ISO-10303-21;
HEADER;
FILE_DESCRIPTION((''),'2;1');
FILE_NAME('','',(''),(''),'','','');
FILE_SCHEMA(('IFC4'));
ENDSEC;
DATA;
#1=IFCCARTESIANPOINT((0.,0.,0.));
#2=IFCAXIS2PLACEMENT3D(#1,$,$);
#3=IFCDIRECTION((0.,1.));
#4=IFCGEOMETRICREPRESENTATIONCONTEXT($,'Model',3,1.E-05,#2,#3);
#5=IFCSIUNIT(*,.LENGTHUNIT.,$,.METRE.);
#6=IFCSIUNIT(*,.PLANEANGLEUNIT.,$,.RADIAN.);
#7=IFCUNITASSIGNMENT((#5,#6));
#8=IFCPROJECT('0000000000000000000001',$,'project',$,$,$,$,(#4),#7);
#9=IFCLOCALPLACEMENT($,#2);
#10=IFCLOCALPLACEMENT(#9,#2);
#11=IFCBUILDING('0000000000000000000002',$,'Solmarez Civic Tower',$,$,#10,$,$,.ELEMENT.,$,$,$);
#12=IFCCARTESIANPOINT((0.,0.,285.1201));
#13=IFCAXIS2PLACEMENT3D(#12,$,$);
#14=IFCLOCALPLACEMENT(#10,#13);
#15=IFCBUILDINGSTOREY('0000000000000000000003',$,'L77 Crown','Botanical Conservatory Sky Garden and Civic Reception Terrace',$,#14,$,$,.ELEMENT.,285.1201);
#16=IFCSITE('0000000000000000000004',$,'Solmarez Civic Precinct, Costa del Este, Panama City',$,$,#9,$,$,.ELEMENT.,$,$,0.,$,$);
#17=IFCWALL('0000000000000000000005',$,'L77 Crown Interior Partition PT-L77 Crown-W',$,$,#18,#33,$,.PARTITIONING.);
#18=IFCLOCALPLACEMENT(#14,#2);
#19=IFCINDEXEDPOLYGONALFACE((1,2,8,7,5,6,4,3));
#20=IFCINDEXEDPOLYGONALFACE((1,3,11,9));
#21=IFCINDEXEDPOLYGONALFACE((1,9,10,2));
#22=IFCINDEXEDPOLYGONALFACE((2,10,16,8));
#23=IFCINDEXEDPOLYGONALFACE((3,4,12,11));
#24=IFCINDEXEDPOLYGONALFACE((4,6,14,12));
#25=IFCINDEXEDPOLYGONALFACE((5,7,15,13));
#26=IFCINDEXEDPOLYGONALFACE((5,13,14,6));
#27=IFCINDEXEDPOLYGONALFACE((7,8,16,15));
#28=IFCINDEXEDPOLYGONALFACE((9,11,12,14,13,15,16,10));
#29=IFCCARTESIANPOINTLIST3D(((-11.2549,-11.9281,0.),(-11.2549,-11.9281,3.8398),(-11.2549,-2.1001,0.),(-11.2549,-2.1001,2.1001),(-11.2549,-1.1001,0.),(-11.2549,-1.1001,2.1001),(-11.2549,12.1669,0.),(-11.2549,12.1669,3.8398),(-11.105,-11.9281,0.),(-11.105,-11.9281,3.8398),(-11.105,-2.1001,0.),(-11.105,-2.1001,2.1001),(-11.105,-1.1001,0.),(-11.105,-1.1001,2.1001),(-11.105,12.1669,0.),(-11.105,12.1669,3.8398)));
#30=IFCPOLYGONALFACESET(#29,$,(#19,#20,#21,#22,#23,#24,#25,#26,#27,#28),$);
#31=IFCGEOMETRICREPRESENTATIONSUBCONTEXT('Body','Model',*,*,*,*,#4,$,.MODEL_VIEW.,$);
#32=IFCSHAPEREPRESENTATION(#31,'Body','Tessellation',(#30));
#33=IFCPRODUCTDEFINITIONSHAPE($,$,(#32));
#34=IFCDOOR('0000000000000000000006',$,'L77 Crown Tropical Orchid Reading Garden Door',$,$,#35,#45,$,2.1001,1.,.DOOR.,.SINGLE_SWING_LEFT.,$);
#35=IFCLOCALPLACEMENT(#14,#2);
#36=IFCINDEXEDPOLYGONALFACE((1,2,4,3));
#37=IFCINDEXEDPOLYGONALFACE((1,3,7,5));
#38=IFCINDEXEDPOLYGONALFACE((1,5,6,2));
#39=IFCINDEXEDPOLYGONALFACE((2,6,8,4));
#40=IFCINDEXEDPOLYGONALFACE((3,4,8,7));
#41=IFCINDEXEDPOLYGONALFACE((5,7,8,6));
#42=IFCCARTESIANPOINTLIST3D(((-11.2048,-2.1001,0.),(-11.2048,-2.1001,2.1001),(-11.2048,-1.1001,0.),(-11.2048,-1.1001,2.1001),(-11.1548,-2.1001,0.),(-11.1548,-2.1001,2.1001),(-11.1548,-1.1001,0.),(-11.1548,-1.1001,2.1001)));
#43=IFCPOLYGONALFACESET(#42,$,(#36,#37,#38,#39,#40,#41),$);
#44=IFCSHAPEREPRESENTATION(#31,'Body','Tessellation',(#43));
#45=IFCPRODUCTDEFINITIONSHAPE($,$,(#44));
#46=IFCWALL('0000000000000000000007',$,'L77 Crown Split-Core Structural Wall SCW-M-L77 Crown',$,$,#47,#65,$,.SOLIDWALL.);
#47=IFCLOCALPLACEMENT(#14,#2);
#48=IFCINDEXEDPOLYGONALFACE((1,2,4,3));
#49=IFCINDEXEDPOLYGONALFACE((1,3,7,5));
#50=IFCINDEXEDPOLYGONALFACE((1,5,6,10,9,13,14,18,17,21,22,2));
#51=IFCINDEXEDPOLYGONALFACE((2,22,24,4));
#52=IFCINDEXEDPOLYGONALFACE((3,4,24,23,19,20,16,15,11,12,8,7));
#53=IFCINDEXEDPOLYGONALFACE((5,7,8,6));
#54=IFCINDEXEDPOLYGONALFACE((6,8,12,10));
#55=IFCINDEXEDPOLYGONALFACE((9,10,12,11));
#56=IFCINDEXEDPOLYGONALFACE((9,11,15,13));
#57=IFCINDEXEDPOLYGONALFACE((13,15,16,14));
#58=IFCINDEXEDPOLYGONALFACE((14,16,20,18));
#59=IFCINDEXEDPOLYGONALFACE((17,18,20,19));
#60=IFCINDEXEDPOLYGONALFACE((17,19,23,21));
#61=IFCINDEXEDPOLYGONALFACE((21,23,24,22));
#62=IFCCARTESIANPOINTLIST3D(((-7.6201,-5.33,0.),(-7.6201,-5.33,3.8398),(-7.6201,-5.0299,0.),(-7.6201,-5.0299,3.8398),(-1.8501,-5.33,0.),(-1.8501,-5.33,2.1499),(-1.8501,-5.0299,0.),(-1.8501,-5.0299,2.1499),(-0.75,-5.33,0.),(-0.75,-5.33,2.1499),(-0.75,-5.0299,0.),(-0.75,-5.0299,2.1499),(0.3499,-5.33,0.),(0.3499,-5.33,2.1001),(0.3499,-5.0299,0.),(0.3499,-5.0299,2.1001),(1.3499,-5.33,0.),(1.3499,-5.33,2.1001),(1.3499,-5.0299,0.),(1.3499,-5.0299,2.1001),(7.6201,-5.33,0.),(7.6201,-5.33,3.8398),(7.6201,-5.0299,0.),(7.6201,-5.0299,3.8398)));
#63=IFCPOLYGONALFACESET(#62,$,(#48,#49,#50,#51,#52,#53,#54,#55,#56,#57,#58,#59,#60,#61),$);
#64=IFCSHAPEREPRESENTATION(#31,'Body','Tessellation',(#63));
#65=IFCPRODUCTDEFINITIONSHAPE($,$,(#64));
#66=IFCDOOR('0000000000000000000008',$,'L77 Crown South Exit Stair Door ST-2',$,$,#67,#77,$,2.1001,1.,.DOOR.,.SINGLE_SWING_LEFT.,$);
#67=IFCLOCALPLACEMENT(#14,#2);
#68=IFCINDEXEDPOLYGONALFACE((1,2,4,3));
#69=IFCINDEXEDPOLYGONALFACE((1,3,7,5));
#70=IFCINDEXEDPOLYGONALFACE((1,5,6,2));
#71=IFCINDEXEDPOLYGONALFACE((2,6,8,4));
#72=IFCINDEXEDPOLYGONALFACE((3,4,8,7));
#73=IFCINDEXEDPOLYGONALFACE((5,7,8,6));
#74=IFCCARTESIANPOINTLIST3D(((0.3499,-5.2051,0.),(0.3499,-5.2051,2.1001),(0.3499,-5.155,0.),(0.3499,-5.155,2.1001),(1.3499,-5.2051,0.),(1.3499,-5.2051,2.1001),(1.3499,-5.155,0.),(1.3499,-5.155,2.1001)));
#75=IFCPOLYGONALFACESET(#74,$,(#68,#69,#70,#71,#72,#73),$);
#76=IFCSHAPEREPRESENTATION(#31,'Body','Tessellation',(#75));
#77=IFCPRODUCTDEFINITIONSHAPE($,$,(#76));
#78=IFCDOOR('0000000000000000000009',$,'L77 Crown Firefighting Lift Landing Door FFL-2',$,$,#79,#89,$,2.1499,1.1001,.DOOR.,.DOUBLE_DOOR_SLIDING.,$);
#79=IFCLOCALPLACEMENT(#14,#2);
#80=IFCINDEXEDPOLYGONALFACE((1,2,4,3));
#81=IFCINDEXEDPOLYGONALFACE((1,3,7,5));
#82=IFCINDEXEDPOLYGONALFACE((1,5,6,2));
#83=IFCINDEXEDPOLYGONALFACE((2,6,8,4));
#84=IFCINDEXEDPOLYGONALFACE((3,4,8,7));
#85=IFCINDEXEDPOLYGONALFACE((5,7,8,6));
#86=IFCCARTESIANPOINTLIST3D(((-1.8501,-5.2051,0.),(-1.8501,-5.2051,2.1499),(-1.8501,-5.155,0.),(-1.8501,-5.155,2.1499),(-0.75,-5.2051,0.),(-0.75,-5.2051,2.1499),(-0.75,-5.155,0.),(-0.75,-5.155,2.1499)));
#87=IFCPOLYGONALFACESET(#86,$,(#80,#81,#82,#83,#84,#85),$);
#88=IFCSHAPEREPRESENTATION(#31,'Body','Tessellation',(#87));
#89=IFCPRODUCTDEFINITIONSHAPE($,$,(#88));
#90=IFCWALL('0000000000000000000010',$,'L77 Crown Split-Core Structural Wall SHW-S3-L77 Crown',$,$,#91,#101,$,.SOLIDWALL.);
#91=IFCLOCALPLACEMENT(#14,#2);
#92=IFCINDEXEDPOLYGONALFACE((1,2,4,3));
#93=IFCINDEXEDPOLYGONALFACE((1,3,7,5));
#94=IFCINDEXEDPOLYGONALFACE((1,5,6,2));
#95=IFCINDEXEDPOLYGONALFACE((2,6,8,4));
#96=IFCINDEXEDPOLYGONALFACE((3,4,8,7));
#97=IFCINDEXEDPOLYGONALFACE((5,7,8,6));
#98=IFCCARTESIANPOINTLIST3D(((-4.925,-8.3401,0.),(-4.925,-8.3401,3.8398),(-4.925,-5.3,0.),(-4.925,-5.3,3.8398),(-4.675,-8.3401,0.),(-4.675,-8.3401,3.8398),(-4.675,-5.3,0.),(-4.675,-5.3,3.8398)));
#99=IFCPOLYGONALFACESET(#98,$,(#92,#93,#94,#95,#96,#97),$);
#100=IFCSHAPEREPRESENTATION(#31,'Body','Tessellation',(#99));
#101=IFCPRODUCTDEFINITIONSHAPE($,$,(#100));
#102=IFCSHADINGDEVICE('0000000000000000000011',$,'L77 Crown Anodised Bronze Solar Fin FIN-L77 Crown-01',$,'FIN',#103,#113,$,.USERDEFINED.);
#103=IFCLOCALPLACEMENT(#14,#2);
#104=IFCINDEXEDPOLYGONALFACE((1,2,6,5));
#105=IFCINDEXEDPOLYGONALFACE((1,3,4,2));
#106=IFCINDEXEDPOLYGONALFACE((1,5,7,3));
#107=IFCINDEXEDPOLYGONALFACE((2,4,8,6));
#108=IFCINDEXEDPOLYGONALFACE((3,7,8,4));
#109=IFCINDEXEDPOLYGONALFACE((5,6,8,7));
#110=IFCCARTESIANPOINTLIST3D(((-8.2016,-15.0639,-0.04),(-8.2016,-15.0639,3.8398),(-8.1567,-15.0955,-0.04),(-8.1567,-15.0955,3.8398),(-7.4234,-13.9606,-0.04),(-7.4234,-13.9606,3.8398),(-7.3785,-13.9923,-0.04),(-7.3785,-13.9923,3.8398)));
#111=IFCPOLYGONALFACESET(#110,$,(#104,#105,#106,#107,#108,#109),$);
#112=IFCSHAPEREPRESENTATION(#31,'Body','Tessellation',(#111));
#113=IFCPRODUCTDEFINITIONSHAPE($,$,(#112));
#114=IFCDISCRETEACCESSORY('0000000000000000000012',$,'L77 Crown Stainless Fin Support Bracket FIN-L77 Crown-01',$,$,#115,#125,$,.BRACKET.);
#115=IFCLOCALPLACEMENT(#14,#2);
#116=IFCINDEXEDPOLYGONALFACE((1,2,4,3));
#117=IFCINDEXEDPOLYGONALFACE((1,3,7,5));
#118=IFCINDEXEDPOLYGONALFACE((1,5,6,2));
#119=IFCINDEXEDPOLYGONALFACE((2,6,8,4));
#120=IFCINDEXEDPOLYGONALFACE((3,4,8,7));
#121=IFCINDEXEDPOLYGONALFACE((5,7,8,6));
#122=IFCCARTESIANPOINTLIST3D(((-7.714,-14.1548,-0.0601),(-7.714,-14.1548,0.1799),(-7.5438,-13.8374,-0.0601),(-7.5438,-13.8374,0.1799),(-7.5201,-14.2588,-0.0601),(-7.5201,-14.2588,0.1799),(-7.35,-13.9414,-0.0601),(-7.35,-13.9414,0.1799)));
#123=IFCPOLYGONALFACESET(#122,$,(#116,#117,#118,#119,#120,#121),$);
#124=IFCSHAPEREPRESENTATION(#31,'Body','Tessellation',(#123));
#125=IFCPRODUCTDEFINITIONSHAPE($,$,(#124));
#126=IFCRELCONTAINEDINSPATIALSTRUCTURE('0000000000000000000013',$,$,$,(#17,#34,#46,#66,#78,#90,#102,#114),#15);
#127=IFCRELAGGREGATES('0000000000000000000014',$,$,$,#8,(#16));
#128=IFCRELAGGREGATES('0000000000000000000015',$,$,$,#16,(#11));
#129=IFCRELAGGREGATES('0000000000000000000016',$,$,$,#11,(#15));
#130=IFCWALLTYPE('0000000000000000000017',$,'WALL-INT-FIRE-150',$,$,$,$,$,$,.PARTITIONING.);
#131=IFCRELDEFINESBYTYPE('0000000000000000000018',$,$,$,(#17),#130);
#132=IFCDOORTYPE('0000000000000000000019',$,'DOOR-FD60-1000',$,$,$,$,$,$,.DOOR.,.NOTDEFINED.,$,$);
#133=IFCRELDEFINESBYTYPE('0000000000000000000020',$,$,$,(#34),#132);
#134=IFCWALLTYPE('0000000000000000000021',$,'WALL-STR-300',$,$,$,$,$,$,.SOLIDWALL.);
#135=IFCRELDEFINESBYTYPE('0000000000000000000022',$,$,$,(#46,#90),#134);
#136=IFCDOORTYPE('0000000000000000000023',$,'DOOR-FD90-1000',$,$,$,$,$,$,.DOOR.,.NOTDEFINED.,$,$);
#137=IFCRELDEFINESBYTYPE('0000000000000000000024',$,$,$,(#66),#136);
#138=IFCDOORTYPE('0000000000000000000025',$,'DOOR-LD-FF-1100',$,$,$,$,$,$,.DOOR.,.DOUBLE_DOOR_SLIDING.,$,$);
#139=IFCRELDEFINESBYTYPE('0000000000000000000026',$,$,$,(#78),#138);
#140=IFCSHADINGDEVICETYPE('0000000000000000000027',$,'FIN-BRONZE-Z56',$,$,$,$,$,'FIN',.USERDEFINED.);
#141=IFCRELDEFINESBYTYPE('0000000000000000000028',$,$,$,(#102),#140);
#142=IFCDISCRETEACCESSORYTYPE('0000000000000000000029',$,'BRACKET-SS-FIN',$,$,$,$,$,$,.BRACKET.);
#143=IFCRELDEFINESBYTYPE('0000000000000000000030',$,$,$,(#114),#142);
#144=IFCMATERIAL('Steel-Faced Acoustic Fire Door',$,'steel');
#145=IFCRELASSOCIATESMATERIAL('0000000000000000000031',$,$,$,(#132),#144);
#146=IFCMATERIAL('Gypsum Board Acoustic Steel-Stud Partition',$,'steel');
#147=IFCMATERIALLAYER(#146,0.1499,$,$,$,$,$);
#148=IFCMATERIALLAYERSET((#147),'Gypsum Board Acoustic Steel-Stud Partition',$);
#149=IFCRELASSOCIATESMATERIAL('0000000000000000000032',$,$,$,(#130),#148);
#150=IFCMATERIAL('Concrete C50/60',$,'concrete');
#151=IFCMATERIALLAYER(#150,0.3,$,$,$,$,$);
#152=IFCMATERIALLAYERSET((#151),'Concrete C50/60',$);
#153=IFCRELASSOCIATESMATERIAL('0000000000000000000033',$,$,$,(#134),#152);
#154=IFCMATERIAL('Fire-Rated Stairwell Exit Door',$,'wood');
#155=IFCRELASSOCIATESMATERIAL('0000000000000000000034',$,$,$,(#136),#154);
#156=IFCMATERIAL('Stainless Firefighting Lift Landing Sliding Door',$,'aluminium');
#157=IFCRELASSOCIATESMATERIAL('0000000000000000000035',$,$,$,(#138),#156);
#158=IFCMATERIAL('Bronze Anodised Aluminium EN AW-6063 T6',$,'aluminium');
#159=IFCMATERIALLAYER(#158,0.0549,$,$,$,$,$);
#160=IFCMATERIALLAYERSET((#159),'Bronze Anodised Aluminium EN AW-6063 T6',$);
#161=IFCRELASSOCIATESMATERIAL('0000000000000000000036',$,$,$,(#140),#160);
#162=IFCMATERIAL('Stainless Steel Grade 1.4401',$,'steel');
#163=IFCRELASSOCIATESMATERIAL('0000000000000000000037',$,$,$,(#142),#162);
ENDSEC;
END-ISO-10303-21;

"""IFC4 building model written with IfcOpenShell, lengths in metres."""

from ifc_helpers import new_model, si_unit, direction, frame, frame_2d, origin, origin_2d, place, context, subcontext, project, spatial, rectangle, extrude, material, layer, layer_set, type_object, element, fill, save


model = new_model("IFC4")

# Units and contexts
model_context = context("Model", 3, precision=1e-05, world=origin(), true_north=direction((0.0, 1.0)))
body_context = subcontext(model_context, "Body", "Model", "MODEL_VIEW")
ifc_project = project(units=[si_unit("LENGTHUNIT", "METRE"), si_unit("PLANEANGLEUNIT", "RADIAN")], contexts=[model_context])

# Site, building, storey
site_placement = place(None, origin())
site = spatial("IfcSite", under=ifc_project, at=site_placement, Name="Solmarez Civic Precinct, Costa del Este, Panama City", CompositionType="ELEMENT", RefElevation=0.0)
building_placement = place(site_placement, origin())
building = spatial("IfcBuilding", under=site, at=building_placement, Name="Solmarez Civic Tower", CompositionType="ELEMENT")
storey_placement = place(building_placement, frame((0.0, 0.0, 285.1201)))
storey = spatial("IfcBuildingStorey", under=building, at=storey_placement, Name="L77 Crown", Description="Botanical Conservatory Sky Garden and Civic Reception Terrace", CompositionType="ELEMENT", Elevation=285.1201)

# Shared definitions
ifc_material_1 = material(Name="Bronze Anodised Aluminium EN AW-6063 T6", Category="aluminium")

# Shared definitions
ifc_material_2 = material(Name="Concrete C50/60", Category="concrete")
ifc_material_3 = material(Name="Steel-Faced Acoustic Fire Door", Category="steel")
door_type_1 = type_object("IfcDoorType", Name="DOOR-FD60-1000", OperationType="NOTDEFINED", PredefinedType="DOOR", material=ifc_material_3)

# Shared definitions
ifc_material_4 = material(Name="Gypsum Board Acoustic Steel-Stud Partition", Category="steel")
ifc_layer_1 = layer(ifc_material_4, 0.1499)
ifc_layer_set_1 = layer_set([ifc_layer_1], Name="Gypsum Board Acoustic Steel-Stud Partition")
wall_type_1 = type_object("IfcWallType", Name="WALL-INT-FIRE-150", PredefinedType="PARTITIONING", material=ifc_layer_set_1)

# Wall, opening, door
wall_1_placement = place(storey_placement, frame((-11.1799, -11.928, 0.0), z_axis=(0.0, 0.0, 1.0), x_axis=(0.0, 1.0, 0.0)))
wall_1 = element("IfcWall", 1, at=wall_1_placement, inside=storey, type_object=wall_type_1, Name="L77 Crown Interior Partition PT-L77 Crown-W", PredefinedType="PARTITIONING", context=body_context, shape_type="SweptSolid", body=[
    extrude(rectangle(XDim=24.095, YDim=0.1499, at=frame_2d((12.0474, 0.0))), origin(), (0.0, 0.0, 1.0), 3.8398),
])
opening_1_placement = place(wall_1_placement, frame((9.8279, 0.0, 0.0)))
opening_1 = element("IfcOpeningElement", 2, at=opening_1_placement, cuts=wall_1, PredefinedType="OPENING", context=body_context, shape_type="SweptSolid", body=[
    extrude(rectangle(XDim=1.0, YDim=2.1001, at=frame_2d((0.5, 1.05))), frame((0.0, 0.085, 0.0), z_axis=(0.0, -1.0, 0.0), x_axis=(1.0, 0.0, 0.0)), (0.0, 0.0, 1.0), 0.1699),
])
door_1_placement = place(opening_1_placement, origin())
door_1 = element("IfcDoor", 3, at=door_1_placement, inside=storey, type_object=door_type_1, Name="L77 Crown Tropical Orchid Reading Garden Door", OperationType="SINGLE_SWING_LEFT", OverallHeight=2.1001, OverallWidth=1.0, PredefinedType="DOOR", context=body_context, shape_type="SweptSolid", body=[
    extrude(rectangle(XDim=1.0, YDim=2.1001, at=frame_2d((0.5, 1.05))), frame((0.0, 0.0249, 0.0), z_axis=(0.0, -1.0, 0.0), x_axis=(1.0, 0.0, 0.0)), (0.0, 0.0, 1.0), 0.05),
])
fill(opening_1, door_1)

# Wall, openings, doors
ifc_layer_2 = layer(ifc_material_2, 0.3)
ifc_layer_set_2 = layer_set([ifc_layer_2], Name="Concrete C50/60")
wall_type_2 = type_object("IfcWallType", Name="WALL-STR-300", PredefinedType="SOLIDWALL", material=ifc_layer_set_2)
wall_2_placement = place(storey_placement, frame((-7.6201, -5.1799, 0.0), z_axis=(0.0, 0.0, 1.0), x_axis=(1.0, 0.0, 0.0)))
wall_2 = element("IfcWall", 4, at=wall_2_placement, inside=storey, type_object=wall_type_2, Name="L77 Crown Split-Core Structural Wall SCW-M-L77 Crown", PredefinedType="SOLIDWALL", context=body_context, shape_type="SweptSolid", body=[
    extrude(rectangle(XDim=15.2402, YDim=0.3, at=frame_2d((7.6201, 0.0))), origin(), (0.0, 0.0, 1.0), 3.8398),
])
opening_2_placement = place(wall_2_placement, frame((5.77, 0.0, 0.0)))
opening_2 = element("IfcOpeningElement", 5, at=opening_2_placement, cuts=wall_2, PredefinedType="OPENING", context=body_context, shape_type="SweptSolid", body=[
    extrude(rectangle(XDim=1.1001, YDim=2.1499, at=frame_2d((0.55, 1.075))), frame((0.0, 0.1599, 0.0), z_axis=(0.0, -1.0, 0.0), x_axis=(1.0, 0.0, 0.0)), (0.0, 0.0, 1.0), 0.3201),
])
opening_3_placement = place(wall_2_placement, frame((7.97, 0.0, 0.0)))
opening_3 = element("IfcOpeningElement", 6, at=opening_3_placement, cuts=wall_2, PredefinedType="OPENING", context=body_context, shape_type="SweptSolid", body=[
    extrude(rectangle(XDim=1.0, YDim=2.1001, at=frame_2d((0.5, 1.05))), frame((0.0, 0.1599, 0.0), z_axis=(0.0, -1.0, 0.0), x_axis=(1.0, 0.0, 0.0)), (0.0, 0.0, 1.0), 0.3201),
])
ifc_material_5 = material(Name="Fire-Rated Stairwell Exit Door", Category="wood")
door_type_2 = type_object("IfcDoorType", Name="DOOR-FD90-1000", OperationType="NOTDEFINED", PredefinedType="DOOR", material=ifc_material_5)
door_2_placement = place(opening_3_placement, origin())
door_2 = element("IfcDoor", 7, at=door_2_placement, inside=storey, type_object=door_type_2, Name="L77 Crown South Exit Stair Door ST-2", OperationType="SINGLE_SWING_LEFT", OverallHeight=2.1001, OverallWidth=1.0, PredefinedType="DOOR", context=body_context, shape_type="SweptSolid", body=[
    extrude(rectangle(XDim=1.0, YDim=2.1001, at=frame_2d((0.5, 1.05))), frame((0.0, 0.0249, 0.0), z_axis=(0.0, -1.0, 0.0), x_axis=(1.0, 0.0, 0.0)), (0.0, 0.0, 1.0), 0.05),
])
fill(opening_3, door_2)
ifc_material_6 = material(Name="Stainless Firefighting Lift Landing Sliding Door", Category="aluminium")
door_type_3 = type_object("IfcDoorType", Name="DOOR-LD-FF-1100", OperationType="DOUBLE_DOOR_SLIDING", PredefinedType="DOOR", material=ifc_material_6)
door_3_placement = place(opening_2_placement, origin())
door_3 = element("IfcDoor", 8, at=door_3_placement, inside=storey, type_object=door_type_3, Name="L77 Crown Firefighting Lift Landing Door FFL-2", OperationType="DOUBLE_DOOR_SLIDING", OverallHeight=2.1499, OverallWidth=1.1001, PredefinedType="DOOR", context=body_context, shape_type="SweptSolid", body=[
    extrude(rectangle(XDim=1.1001, YDim=2.1499, at=frame_2d((0.55, 1.075))), frame((0.0, 0.0249, 0.0), z_axis=(0.0, -1.0, 0.0), x_axis=(1.0, 0.0, 0.0)), (0.0, 0.0, 1.0), 0.05),
])
fill(opening_2, door_3)

# Wall
wall_3_placement = place(storey_placement, frame((-4.8, -8.3401, 0.0), z_axis=(0.0, 0.0, 1.0), x_axis=(0.0, 1.0, 0.0)))
element("IfcWall", 9, at=wall_3_placement, inside=storey, type_object=wall_type_2, Name="L77 Crown Split-Core Structural Wall SHW-S3-L77 Crown", PredefinedType="SOLIDWALL", context=body_context, shape_type="SweptSolid", body=[
    extrude(rectangle(XDim=3.04, YDim=0.25, at=frame_2d((1.52, 0.0))), origin(), (0.0, 0.0, 1.0), 3.8398),
])

# Shading device
ifc_layer_3 = layer(ifc_material_1, 0.0549)
ifc_layer_set_3 = layer_set([ifc_layer_3], Name="Bronze Anodised Aluminium EN AW-6063 T6")
shading_device_type = type_object("IfcShadingDeviceType", Name="FIN-BRONZE-Z56", ElementType="FIN", PredefinedType="USERDEFINED", material=ifc_layer_set_3)
shading_device_placement = place(storey_placement, frame((-7.79, -14.5281, -0.04), z_axis=(0.0, 0.0, 1.0), x_axis=(-0.576404, -0.817165, 0.0)))
element("IfcShadingDevice", 10, at=shading_device_placement, inside=storey, type_object=shading_device_type, Name="L77 Crown Anodised Bronze Solar Fin FIN-L77 Crown-01", ObjectType="FIN", PredefinedType="USERDEFINED", context=body_context, shape_type="SweptSolid", body=[
    extrude(rectangle(XDim=1.3501, YDim=0.0549, at=origin_2d()), origin(), (0.0, 0.0, 1.0), 3.8799),
])

# Discrete accessory
ifc_material_7 = material(Name="Stainless Steel Grade 1.4401", Category="steel")
discrete_accessory_type = type_object("IfcDiscreteAccessoryType", Name="BRACKET-SS-FIN", PredefinedType="BRACKET", material=ifc_material_7)
discrete_accessory_placement = place(storey_placement, frame((-7.532, -14.0481, -0.0601), z_axis=(0.0, 0.0, 1.0), x_axis=(-0.472515, -0.881323, 0.0)))
element("IfcDiscreteAccessory", 11, at=discrete_accessory_placement, inside=storey, type_object=discrete_accessory_type, Name="L77 Crown Stainless Fin Support Bracket FIN-L77 Crown-01", PredefinedType="BRACKET", context=body_context, shape_type="SweptSolid", body=[
    extrude(rectangle(XDim=0.3601, YDim=0.22, at=origin_2d()), origin(), (0.0, 0.0, 1.0), 0.24),
])

save(model, "model.ifc")
